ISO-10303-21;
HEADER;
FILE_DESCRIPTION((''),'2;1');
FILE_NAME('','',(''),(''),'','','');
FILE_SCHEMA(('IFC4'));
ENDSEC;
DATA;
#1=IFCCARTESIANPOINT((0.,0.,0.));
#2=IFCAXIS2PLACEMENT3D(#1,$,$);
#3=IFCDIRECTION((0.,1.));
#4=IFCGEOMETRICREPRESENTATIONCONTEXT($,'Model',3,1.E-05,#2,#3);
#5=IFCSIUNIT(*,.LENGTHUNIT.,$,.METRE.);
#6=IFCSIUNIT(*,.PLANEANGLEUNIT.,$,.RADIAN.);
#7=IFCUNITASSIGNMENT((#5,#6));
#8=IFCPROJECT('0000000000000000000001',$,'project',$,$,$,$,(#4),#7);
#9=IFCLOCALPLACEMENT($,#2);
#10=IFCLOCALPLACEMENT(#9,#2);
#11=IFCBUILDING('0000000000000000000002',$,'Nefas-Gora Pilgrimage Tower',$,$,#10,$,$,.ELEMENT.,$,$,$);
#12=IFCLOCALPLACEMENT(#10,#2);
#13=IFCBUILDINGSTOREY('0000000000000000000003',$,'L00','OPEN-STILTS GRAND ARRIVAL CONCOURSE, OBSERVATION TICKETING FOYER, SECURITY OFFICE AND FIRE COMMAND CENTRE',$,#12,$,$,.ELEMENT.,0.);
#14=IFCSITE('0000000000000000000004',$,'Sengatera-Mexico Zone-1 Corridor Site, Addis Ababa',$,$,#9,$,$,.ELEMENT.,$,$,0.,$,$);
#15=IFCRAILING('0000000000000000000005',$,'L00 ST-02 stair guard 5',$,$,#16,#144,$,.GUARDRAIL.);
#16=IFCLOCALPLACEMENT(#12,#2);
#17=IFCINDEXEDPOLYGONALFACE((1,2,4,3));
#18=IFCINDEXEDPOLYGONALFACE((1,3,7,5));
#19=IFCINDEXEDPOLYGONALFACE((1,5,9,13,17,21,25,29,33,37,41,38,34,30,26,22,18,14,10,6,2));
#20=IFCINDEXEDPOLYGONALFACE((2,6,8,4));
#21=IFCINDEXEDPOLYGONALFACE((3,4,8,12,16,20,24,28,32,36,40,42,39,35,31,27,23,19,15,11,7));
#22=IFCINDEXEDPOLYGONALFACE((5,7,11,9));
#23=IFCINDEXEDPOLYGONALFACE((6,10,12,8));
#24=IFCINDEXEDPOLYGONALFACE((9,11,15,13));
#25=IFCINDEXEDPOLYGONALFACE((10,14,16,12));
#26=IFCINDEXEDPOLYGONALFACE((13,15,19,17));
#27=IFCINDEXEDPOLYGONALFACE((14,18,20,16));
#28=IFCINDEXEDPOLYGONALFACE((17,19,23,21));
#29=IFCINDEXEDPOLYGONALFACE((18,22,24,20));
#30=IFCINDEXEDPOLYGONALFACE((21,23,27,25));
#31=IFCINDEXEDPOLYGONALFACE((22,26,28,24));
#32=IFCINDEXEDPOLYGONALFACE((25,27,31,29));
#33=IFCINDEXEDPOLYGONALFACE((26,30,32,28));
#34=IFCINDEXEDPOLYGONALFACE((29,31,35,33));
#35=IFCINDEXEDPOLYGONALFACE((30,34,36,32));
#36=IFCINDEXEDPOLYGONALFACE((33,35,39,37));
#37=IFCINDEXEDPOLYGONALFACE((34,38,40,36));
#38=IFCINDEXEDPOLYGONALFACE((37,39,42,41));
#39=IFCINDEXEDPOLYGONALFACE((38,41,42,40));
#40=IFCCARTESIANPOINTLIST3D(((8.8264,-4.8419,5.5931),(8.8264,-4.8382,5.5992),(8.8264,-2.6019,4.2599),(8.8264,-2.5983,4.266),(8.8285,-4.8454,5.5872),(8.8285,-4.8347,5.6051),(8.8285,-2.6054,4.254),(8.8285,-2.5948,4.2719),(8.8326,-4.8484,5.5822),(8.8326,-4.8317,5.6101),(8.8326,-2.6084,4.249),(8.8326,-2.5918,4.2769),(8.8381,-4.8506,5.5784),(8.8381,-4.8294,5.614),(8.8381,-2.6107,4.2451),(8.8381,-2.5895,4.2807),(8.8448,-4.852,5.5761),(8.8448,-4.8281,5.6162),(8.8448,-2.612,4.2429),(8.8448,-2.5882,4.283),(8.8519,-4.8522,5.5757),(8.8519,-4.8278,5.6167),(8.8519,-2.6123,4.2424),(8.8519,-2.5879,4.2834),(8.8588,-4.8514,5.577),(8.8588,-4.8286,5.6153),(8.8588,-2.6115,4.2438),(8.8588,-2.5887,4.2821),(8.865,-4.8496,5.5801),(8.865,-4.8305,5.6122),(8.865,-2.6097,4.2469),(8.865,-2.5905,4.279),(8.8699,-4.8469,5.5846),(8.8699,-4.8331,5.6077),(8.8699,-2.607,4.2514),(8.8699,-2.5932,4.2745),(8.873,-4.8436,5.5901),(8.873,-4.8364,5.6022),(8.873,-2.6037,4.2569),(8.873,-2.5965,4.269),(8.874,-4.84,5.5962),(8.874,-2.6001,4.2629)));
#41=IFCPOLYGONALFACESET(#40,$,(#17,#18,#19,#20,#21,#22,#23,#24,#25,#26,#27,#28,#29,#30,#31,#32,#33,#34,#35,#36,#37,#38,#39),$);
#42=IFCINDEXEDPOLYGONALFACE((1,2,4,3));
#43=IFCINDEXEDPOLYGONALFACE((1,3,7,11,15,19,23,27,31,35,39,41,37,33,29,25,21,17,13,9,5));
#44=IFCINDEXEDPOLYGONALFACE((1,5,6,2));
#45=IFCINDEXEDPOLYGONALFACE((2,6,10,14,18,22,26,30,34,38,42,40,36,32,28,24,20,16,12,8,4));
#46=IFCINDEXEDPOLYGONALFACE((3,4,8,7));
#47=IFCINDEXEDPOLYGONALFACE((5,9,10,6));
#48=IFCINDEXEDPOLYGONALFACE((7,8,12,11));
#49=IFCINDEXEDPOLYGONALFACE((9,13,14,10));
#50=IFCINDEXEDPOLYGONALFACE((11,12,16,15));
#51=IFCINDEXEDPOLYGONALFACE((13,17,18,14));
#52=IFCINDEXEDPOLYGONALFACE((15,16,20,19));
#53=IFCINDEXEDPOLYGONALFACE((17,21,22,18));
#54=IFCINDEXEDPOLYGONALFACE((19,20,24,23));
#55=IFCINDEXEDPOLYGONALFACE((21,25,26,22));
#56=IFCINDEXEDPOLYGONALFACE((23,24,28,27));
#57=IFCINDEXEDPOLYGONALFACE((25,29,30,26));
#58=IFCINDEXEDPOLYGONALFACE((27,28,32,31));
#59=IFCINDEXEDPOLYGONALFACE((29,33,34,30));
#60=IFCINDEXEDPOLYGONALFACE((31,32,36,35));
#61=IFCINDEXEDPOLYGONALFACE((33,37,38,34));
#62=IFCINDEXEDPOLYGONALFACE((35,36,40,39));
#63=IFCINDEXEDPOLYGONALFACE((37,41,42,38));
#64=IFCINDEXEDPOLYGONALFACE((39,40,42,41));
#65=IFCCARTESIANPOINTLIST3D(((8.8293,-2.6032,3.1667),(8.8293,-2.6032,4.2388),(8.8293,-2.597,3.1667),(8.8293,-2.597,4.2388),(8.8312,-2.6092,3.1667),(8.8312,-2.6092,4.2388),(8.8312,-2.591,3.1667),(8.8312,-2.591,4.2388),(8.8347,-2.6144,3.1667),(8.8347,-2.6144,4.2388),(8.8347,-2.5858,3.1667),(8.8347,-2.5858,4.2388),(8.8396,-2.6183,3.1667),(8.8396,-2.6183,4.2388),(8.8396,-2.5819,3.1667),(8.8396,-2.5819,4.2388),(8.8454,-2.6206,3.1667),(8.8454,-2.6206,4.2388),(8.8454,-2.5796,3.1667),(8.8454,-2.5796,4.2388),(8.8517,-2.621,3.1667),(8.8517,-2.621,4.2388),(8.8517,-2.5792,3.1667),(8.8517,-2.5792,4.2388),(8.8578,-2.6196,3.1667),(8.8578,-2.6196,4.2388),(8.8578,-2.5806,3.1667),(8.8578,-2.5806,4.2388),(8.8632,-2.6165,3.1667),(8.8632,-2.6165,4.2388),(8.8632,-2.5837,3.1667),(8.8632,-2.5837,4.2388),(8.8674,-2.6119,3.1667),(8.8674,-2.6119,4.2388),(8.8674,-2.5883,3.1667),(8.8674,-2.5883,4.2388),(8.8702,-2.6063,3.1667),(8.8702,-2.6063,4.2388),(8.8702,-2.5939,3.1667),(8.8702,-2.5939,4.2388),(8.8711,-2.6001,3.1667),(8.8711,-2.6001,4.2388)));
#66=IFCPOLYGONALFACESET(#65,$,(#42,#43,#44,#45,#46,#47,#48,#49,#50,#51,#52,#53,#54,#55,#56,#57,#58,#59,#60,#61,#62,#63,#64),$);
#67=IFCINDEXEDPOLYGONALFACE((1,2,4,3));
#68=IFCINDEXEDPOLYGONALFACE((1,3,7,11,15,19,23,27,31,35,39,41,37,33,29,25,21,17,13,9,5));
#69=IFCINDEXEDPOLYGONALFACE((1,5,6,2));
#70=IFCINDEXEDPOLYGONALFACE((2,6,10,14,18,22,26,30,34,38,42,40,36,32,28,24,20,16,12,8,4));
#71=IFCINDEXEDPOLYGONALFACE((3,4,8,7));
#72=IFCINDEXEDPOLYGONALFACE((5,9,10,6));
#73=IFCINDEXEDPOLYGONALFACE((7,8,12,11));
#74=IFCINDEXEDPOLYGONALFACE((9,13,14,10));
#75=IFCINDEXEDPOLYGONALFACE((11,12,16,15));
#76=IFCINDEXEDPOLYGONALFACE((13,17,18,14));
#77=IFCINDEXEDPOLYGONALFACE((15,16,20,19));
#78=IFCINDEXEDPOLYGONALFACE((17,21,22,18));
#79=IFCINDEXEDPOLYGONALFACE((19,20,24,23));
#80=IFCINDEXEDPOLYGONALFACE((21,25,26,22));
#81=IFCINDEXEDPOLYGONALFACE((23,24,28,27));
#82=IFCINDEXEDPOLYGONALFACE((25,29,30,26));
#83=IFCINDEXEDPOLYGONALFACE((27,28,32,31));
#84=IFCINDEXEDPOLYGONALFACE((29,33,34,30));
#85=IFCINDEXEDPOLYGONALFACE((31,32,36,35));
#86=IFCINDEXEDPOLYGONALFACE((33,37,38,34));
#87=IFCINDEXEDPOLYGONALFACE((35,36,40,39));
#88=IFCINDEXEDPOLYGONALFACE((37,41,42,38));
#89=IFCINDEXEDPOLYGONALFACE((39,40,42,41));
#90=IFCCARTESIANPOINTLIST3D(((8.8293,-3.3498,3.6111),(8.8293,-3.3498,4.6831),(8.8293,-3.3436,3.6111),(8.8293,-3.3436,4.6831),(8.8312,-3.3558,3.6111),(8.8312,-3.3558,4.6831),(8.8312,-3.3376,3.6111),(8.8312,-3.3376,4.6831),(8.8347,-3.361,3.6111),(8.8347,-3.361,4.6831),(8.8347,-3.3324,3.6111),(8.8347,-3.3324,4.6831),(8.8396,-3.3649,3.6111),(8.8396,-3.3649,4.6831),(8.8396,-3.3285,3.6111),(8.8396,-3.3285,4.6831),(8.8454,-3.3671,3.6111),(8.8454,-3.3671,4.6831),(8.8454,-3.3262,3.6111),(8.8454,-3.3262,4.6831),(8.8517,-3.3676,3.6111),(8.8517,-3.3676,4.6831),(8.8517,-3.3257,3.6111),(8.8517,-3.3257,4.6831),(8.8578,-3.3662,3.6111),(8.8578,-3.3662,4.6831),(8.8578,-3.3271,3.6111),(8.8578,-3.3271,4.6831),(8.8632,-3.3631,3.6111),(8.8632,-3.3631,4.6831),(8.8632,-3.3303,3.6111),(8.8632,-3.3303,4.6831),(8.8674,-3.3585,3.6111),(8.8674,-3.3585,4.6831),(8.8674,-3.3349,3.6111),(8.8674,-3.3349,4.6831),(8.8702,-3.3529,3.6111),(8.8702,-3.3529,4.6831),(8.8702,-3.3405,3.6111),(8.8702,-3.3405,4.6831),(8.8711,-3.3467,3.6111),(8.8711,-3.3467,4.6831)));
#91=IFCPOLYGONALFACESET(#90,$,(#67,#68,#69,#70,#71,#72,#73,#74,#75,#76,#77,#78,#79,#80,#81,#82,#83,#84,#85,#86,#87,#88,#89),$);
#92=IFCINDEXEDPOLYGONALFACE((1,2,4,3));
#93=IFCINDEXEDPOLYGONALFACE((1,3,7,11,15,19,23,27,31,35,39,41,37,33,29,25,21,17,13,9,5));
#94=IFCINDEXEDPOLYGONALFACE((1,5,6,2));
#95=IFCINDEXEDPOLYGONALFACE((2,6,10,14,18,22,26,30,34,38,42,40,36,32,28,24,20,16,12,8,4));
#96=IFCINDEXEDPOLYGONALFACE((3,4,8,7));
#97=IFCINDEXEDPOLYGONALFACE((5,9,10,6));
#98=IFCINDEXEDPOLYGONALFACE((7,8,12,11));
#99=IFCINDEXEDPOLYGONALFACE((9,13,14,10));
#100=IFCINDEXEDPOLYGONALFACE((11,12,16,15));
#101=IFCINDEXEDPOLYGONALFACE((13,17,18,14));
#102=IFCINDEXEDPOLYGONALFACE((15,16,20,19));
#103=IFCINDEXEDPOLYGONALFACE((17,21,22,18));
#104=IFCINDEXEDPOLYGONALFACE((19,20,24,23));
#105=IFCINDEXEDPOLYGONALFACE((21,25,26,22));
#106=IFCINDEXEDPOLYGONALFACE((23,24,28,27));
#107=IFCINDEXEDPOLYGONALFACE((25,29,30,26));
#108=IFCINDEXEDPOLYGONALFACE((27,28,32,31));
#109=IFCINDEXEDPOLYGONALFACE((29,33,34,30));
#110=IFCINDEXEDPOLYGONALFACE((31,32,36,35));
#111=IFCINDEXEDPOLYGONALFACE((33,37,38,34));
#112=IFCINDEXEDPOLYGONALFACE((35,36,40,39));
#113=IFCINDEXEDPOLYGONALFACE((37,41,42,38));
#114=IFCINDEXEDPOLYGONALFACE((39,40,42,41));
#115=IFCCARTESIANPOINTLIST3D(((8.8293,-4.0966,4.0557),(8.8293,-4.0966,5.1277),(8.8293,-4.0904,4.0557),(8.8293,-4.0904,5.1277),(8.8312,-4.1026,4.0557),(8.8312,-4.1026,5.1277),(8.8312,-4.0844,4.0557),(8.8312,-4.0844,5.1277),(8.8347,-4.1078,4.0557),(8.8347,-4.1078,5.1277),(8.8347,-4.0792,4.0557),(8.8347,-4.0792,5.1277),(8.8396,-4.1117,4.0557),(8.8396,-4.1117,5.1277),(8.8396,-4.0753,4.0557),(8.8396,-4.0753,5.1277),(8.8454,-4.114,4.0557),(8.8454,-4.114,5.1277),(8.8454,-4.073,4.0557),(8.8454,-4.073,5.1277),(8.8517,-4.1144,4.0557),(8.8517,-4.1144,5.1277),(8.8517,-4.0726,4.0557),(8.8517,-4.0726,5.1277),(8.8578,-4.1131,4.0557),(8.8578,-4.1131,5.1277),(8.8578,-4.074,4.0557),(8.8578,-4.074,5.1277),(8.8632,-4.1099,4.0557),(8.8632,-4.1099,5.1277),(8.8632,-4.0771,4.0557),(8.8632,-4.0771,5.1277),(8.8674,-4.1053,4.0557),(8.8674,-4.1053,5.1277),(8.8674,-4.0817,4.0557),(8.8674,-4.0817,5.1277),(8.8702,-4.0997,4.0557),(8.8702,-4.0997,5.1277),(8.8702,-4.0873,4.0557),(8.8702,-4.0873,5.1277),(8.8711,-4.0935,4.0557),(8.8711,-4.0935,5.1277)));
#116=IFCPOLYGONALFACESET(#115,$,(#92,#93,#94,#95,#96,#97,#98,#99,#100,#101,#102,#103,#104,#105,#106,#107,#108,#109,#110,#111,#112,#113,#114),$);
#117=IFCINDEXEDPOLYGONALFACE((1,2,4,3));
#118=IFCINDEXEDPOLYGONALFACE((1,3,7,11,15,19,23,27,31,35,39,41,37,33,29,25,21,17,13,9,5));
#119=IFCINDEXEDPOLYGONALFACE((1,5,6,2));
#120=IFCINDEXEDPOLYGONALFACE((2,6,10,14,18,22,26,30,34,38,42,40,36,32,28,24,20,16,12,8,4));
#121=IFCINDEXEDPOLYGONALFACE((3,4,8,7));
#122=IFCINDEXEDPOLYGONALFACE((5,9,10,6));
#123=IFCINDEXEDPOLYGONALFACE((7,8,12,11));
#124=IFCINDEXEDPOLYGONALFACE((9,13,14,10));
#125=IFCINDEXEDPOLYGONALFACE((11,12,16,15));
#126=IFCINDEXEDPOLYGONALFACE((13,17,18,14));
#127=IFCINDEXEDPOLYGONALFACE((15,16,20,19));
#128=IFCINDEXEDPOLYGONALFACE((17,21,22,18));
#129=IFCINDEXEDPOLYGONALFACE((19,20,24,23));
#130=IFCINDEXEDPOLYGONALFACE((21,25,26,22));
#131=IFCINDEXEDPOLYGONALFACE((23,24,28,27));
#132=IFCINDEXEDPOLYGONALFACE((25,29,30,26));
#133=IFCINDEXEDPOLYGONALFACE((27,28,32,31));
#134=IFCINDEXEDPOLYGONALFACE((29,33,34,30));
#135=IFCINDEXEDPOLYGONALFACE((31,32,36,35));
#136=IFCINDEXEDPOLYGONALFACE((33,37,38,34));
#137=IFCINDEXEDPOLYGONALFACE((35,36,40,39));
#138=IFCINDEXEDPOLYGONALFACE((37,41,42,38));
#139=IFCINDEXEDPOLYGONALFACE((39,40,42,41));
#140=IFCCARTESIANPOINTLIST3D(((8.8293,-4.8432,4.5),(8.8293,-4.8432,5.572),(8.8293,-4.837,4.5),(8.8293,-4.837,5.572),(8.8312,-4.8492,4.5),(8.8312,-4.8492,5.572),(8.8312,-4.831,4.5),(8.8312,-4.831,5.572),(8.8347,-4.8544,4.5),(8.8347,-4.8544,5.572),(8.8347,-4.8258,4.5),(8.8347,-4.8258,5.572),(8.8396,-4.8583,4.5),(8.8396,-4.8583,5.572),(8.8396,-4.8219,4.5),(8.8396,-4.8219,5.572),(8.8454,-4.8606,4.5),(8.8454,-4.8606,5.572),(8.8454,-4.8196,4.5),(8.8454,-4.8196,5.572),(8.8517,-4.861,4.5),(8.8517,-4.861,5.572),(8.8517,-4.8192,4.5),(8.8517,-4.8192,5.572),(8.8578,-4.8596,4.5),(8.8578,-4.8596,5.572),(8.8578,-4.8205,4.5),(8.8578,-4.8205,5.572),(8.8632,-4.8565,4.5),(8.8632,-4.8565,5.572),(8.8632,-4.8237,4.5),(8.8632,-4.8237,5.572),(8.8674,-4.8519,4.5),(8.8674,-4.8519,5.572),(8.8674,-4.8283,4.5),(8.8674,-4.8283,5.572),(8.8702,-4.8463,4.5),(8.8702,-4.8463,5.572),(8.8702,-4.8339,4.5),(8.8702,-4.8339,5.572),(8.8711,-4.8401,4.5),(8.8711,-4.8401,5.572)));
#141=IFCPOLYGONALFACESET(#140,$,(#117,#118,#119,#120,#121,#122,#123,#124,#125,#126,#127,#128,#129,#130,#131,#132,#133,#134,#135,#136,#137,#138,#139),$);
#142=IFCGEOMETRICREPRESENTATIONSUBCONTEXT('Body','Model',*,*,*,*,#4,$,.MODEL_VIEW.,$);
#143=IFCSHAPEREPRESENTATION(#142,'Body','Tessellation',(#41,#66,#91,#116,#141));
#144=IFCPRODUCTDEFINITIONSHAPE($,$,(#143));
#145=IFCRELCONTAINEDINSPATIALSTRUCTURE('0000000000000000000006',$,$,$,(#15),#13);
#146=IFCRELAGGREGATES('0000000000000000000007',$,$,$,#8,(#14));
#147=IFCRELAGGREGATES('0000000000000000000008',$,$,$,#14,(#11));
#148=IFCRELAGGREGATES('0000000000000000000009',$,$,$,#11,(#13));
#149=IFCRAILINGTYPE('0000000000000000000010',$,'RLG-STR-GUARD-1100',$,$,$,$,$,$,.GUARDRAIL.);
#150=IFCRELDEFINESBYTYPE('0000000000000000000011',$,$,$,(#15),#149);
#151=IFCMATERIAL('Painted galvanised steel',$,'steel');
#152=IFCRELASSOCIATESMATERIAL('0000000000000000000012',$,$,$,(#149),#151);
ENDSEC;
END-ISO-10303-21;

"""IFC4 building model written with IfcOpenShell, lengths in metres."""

from ifc_helpers import new_model, si_unit, direction, frame, origin, origin_2d, place, context, subcontext, project, spatial, circle, extrude, material, type_object, element, save


model = new_model("IFC4")

# Units and contexts
model_context = context("Model", 3, precision=1e-05, world=origin(), true_north=direction((0.0, 1.0)))
body_context = subcontext(model_context, "Body", "Model", "MODEL_VIEW")
ifc_project = project(units=[si_unit("LENGTHUNIT", "METRE"), si_unit("PLANEANGLEUNIT", "RADIAN")], contexts=[model_context])

# Site, building, storey
site_placement = place(None, origin())
site = spatial("IfcSite", under=ifc_project, at=site_placement, Name="Sengatera-Mexico Zone-1 Corridor Site, Addis Ababa", CompositionType="ELEMENT", RefElevation=0.0)
building_placement = place(site_placement, origin())
building = spatial("IfcBuilding", under=site, at=building_placement, Name="Nefas-Gora Pilgrimage Tower", CompositionType="ELEMENT")
storey_placement = place(building_placement, origin())
storey = spatial("IfcBuildingStorey", under=building, at=storey_placement, Name="L00", Description="OPEN-STILTS GRAND ARRIVAL CONCOURSE, OBSERVATION TICKETING FOYER, SECURITY OFFICE AND FIRE COMMAND CENTRE", CompositionType="ELEMENT", Elevation=0.0)

# Railing
ifc_material_1 = material(Name="Painted galvanised steel", Category="steel")
railing_type_1 = type_object("IfcRailingType", Name="RLG-STR-GUARD-1100", PredefinedType="GUARDRAIL", material=ifc_material_1)
railing_1_placement = place(storey_placement, frame((8.8501, -2.6001, 3.1667)))
element("IfcRailing", 1, at=railing_1_placement, inside=storey, type_object=railing_type_1, Name="L00 ST-02 stair guard 5", PredefinedType="GUARDRAIL", context=body_context, shape_type="SweptSolid", body=[
    extrude(circle(Radius=0.0239, at=origin_2d()), frame((0.0, 0.0, 1.0962), z_axis=(0.0, -0.859306, 0.511462), x_axis=(1.0, 0.0, 0.0)), (0.0, 0.0, 1.0), 2.6067),
    extrude(circle(Radius=0.021, at=origin_2d()), origin(), (0.0, 0.0, 1.0), 1.072),
    extrude(circle(Radius=0.021, at=origin_2d()), frame((0.0, -0.7466, 0.4443)), (0.0, 0.0, 1.0), 1.072),
    extrude(circle(Radius=0.021, at=origin_2d()), frame((0.0, -1.4934, 0.8889)), (0.0, 0.0, 1.0), 1.072),
    extrude(circle(Radius=0.021, at=origin_2d()), frame((0.0, -2.24, 1.3333)), (0.0, 0.0, 1.0), 1.072),
])

save(model, "model.ifc")
